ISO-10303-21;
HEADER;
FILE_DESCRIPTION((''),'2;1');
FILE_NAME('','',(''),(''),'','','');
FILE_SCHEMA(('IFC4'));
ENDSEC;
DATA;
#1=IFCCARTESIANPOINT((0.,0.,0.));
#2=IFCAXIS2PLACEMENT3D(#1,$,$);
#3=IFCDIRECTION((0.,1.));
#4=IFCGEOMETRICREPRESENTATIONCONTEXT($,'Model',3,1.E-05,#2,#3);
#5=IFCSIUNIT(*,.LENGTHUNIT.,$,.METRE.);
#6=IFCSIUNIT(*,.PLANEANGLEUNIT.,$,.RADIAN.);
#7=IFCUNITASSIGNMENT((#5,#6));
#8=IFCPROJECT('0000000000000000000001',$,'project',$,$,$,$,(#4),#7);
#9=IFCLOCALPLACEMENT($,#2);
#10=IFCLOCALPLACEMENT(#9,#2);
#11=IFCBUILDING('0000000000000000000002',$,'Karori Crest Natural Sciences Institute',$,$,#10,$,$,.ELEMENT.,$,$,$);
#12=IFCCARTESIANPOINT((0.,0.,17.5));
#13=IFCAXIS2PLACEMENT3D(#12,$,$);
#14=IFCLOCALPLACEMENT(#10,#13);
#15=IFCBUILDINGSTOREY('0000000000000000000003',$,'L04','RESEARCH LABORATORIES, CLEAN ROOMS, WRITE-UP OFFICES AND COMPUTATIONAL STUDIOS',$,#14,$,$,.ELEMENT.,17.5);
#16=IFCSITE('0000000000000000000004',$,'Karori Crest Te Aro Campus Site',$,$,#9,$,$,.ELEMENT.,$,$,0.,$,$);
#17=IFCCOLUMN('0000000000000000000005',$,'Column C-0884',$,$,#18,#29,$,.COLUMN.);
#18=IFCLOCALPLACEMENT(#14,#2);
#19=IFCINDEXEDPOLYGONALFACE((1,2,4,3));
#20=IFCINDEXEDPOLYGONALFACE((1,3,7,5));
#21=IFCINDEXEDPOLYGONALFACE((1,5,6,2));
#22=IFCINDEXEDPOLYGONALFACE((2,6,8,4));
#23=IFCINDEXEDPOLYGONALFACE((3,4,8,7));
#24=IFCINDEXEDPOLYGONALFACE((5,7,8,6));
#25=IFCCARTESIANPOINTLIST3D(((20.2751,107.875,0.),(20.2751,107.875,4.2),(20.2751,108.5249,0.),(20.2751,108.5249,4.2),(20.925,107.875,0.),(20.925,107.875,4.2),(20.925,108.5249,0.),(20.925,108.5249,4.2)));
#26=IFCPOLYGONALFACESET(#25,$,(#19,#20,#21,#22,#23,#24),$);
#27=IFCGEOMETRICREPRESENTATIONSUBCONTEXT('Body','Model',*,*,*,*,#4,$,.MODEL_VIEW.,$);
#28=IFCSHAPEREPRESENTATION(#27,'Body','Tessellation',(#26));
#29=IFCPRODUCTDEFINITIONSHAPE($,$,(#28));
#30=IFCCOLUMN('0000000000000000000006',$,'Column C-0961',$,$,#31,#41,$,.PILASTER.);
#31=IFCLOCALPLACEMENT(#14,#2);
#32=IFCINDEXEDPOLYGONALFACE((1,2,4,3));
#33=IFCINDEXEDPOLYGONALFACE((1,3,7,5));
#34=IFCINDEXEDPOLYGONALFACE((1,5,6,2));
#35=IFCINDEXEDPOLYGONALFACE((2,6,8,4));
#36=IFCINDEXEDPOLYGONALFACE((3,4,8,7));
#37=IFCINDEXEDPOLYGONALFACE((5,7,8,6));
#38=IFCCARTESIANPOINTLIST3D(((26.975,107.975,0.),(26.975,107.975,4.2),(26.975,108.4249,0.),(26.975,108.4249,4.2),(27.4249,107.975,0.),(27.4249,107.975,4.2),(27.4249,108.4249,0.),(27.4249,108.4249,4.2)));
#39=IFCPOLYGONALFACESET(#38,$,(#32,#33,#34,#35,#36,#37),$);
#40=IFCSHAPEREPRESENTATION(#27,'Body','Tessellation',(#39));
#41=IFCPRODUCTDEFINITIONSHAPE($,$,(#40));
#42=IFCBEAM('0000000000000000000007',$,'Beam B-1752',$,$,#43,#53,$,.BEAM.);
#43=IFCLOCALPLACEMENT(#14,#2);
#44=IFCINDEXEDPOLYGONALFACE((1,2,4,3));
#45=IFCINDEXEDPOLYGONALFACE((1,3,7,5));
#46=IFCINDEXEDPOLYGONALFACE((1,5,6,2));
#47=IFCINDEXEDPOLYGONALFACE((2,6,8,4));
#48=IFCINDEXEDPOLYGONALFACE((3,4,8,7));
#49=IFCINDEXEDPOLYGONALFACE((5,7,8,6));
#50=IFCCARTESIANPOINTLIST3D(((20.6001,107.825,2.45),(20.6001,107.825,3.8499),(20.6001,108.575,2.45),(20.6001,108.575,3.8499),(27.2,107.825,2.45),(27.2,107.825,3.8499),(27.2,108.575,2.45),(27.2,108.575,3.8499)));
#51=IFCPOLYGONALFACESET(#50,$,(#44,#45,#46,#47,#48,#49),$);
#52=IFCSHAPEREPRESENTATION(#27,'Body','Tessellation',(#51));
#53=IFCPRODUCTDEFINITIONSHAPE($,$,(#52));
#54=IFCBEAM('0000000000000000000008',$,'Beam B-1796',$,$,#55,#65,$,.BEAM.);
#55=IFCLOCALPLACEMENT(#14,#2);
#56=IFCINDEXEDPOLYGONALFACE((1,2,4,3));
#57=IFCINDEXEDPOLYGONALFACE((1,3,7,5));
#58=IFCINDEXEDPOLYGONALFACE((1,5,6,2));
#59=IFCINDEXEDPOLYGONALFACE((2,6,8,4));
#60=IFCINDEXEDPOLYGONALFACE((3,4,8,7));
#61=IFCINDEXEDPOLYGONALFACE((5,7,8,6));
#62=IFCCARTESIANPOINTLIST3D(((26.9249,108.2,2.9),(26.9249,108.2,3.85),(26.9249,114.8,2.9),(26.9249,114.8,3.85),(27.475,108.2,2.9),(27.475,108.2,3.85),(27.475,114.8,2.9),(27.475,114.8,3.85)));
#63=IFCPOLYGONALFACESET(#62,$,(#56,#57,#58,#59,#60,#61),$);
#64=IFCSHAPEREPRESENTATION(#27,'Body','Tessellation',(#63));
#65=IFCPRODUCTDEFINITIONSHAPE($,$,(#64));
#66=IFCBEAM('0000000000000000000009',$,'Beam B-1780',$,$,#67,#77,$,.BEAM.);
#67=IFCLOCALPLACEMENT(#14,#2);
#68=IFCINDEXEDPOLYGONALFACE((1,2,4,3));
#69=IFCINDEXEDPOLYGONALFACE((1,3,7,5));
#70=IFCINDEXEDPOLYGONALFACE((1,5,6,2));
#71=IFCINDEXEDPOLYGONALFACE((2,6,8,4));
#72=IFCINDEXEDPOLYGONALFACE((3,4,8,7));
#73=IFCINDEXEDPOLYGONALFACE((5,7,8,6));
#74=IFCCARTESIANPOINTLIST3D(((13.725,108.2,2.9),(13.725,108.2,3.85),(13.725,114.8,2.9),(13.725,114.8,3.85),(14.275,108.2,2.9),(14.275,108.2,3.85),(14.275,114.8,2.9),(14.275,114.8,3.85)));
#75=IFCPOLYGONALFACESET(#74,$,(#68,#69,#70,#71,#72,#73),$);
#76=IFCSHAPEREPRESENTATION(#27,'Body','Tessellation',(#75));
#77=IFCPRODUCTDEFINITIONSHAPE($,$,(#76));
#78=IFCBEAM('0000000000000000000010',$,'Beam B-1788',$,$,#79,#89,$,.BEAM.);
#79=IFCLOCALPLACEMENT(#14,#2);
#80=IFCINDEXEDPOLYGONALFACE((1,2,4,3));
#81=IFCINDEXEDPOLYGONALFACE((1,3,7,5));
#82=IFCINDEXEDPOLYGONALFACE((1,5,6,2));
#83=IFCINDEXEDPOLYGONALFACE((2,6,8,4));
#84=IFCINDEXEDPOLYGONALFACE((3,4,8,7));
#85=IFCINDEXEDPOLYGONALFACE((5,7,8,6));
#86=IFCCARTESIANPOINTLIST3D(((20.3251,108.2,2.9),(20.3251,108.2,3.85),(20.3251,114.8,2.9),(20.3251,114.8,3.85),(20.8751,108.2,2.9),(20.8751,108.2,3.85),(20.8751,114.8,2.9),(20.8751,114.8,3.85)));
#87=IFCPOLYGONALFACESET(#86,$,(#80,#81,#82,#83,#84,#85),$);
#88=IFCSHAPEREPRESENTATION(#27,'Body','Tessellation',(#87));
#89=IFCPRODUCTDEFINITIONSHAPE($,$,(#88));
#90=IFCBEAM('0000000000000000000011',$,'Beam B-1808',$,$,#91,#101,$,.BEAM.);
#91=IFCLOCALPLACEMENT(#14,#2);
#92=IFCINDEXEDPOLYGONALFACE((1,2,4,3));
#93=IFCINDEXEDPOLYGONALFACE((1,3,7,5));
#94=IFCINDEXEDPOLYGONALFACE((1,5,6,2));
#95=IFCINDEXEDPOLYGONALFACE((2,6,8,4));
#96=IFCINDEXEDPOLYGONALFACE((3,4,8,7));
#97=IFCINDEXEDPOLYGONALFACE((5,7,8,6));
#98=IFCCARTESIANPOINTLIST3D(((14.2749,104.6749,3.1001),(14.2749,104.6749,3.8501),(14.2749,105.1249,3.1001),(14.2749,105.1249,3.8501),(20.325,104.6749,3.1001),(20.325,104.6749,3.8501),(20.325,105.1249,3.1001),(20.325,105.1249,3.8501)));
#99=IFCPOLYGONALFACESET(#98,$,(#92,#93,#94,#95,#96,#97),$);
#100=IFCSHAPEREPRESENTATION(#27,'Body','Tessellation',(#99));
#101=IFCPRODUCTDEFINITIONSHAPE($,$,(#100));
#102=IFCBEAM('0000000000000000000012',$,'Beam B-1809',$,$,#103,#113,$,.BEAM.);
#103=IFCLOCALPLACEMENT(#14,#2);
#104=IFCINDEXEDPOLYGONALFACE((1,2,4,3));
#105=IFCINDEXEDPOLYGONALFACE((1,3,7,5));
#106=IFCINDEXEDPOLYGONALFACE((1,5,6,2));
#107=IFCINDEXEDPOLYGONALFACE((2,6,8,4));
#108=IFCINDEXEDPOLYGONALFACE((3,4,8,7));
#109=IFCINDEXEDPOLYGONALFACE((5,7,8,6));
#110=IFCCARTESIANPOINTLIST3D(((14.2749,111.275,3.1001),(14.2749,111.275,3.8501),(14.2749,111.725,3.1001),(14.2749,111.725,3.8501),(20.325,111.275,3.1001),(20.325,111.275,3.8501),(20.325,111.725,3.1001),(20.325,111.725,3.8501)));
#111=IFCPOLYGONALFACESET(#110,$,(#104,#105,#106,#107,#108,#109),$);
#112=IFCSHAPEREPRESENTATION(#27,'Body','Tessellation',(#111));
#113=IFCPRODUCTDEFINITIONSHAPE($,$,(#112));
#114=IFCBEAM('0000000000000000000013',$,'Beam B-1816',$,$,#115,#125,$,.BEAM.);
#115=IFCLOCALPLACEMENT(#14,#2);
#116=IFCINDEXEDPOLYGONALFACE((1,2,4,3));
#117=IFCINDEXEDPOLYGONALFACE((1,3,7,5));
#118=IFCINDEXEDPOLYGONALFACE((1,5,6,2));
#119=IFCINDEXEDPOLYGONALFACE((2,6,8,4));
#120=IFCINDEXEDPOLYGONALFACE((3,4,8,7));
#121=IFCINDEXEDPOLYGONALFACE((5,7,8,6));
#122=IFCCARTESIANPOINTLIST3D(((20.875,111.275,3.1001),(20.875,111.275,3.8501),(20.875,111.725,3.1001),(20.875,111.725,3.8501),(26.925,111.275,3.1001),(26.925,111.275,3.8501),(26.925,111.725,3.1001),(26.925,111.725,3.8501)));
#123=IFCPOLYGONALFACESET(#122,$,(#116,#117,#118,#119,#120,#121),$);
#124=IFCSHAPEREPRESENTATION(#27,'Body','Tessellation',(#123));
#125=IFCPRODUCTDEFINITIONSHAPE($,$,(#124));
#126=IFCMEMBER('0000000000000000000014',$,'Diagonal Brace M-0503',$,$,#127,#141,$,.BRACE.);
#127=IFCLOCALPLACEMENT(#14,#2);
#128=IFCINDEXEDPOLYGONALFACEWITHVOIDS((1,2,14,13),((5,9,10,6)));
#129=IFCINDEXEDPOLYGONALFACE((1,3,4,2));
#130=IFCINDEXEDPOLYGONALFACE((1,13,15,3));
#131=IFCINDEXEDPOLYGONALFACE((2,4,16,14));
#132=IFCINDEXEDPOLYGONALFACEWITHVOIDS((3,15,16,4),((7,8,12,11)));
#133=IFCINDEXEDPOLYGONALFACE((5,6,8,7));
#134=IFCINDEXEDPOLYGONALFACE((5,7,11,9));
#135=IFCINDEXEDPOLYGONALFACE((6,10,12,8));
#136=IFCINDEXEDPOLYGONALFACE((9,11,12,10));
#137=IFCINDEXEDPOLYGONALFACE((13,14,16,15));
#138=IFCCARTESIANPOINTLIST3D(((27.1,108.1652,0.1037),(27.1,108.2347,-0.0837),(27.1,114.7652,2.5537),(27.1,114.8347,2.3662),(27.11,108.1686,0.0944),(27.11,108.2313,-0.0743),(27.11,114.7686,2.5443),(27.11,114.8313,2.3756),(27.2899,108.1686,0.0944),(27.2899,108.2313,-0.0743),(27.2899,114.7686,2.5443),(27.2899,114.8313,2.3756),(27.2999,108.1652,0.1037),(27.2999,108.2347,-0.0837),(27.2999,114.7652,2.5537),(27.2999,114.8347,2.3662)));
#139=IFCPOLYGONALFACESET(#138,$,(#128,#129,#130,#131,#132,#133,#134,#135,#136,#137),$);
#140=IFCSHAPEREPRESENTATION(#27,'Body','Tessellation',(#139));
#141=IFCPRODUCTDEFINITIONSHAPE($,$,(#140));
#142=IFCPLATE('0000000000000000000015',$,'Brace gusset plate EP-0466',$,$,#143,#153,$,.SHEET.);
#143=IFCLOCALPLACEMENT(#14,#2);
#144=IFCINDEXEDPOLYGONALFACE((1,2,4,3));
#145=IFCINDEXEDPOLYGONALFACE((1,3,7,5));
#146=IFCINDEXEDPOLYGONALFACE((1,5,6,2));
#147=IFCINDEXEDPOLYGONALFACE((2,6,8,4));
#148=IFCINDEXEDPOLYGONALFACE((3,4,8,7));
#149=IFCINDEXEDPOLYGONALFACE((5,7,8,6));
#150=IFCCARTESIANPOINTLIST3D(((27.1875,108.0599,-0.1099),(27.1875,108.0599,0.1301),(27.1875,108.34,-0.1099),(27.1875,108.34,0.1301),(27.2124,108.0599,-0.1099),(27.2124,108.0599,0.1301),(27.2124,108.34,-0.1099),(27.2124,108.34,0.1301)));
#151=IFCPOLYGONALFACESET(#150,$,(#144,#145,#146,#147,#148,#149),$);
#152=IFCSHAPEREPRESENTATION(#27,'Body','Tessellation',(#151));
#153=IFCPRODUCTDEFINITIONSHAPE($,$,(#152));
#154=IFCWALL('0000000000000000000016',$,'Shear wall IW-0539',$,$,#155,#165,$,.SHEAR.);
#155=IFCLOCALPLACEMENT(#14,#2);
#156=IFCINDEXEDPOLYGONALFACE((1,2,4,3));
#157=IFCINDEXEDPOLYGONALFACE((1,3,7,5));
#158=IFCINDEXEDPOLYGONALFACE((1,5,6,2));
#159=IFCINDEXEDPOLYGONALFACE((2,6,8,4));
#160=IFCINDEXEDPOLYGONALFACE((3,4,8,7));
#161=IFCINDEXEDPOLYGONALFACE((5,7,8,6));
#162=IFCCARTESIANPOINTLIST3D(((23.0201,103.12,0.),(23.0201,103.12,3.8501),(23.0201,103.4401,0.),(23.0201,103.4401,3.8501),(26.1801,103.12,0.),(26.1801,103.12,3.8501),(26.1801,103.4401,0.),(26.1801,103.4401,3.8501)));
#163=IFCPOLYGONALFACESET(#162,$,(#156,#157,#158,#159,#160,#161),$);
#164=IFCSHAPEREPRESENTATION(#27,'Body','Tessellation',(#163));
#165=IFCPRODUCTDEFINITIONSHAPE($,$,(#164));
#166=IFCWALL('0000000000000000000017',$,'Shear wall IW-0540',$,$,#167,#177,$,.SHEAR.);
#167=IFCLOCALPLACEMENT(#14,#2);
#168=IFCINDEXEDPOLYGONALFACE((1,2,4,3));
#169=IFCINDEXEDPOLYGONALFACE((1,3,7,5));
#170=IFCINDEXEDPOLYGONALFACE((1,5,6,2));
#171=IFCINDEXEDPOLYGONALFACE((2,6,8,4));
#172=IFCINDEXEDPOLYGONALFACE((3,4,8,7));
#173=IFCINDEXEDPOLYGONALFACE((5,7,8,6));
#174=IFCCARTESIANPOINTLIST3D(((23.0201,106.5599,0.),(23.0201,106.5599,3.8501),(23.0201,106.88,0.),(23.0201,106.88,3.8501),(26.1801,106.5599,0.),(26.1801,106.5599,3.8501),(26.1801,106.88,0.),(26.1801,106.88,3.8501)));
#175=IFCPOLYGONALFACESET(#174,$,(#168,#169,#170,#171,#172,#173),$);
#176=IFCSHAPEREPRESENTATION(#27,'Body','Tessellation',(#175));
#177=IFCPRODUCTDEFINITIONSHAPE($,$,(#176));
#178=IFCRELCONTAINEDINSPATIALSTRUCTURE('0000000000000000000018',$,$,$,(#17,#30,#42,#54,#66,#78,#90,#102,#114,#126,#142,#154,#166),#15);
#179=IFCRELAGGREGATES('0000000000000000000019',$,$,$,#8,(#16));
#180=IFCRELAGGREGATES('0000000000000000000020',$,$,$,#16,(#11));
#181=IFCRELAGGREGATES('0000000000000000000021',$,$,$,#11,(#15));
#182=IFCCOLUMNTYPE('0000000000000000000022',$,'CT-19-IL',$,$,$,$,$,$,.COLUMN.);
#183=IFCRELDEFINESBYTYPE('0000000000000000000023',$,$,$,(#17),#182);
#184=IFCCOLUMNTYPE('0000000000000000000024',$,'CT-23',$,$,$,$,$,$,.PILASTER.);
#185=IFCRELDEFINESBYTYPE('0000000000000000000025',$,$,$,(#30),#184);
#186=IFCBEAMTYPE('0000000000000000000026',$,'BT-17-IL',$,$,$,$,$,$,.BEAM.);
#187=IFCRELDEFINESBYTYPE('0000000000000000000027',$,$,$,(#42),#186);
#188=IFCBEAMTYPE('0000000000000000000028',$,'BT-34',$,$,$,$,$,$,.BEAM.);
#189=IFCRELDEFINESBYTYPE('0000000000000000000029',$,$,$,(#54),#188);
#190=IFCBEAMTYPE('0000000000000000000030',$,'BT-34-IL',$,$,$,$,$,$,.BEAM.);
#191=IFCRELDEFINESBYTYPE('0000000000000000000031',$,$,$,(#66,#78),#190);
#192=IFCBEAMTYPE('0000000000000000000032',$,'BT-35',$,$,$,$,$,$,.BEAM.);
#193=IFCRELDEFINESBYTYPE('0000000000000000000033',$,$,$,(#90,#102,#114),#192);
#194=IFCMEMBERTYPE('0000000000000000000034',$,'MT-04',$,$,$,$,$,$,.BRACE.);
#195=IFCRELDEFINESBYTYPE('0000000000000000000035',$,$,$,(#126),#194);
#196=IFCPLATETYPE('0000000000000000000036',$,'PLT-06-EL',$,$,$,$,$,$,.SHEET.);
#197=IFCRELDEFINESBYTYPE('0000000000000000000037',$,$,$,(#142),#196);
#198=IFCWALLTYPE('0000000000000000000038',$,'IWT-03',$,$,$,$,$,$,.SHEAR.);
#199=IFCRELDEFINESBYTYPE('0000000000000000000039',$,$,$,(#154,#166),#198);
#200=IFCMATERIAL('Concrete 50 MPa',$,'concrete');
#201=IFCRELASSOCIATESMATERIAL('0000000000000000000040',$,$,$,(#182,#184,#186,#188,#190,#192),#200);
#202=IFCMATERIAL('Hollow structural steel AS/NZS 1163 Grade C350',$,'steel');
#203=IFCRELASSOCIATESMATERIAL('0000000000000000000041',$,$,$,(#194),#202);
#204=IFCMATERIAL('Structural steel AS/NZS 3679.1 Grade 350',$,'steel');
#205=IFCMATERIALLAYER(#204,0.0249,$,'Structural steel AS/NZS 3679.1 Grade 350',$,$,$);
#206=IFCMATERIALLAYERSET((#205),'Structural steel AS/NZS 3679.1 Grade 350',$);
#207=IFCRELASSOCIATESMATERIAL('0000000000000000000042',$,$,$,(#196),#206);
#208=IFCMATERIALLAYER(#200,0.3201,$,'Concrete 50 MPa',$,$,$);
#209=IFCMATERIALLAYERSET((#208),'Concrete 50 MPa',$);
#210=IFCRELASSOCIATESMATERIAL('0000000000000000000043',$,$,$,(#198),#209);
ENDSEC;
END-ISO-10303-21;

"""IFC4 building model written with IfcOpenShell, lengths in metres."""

from ifc_helpers import new_model, si_unit, direction, frame, frame_2d, origin, origin_2d, place, context, subcontext, project, spatial, rectangle, hollow_rectangle, extrude, material, layer, layer_set, material_profile, profile_set, type_object, element, save


model = new_model("IFC4")

# Units and contexts
model_context = context("Model", 3, precision=1e-05, world=origin(), true_north=direction((0.0, 1.0)))
body_context = subcontext(model_context, "Body", "Model", "MODEL_VIEW")
ifc_project = project(units=[si_unit("LENGTHUNIT", "METRE"), si_unit("PLANEANGLEUNIT", "RADIAN")], contexts=[model_context])

# Site, building, storey
site_placement = place(None, origin())
site = spatial("IfcSite", under=ifc_project, at=site_placement, Name="Karori Crest Te Aro Campus Site", CompositionType="ELEMENT", RefElevation=0.0)
building_placement = place(site_placement, origin())
building = spatial("IfcBuilding", under=site, at=building_placement, Name="Karori Crest Natural Sciences Institute", CompositionType="ELEMENT")
storey_placement = place(building_placement, frame((0.0, 0.0, 17.5)))
storey = spatial("IfcBuildingStorey", under=building, at=storey_placement, Name="L04", Description="RESEARCH LABORATORIES, CLEAN ROOMS, WRITE-UP OFFICES AND COMPUTATIONAL STUDIOS", CompositionType="ELEMENT", Elevation=17.5)

# Columns
ifc_material_1 = material(Name="Concrete 50 MPa", Category="concrete")
ifc_material_profile_1 = material_profile(ifc_material_1, rectangle(XDim=0.6499, YDim=0.6499, at=origin_2d()), Name="RC650x650")
ifc_profile_set_1 = profile_set([ifc_material_profile_1], Name="Concrete 50 MPa")
column_type_1 = type_object("IfcColumnType", Name="CT-19-IL", PredefinedType="COLUMN", material=ifc_profile_set_1)
column_1_placement = place(storey_placement, frame((20.6001, 108.2, 0.0), z_axis=(0.0, 0.0, 1.0), x_axis=(1.0, 0.0, 0.0)))
element("IfcColumn", 1, at=column_1_placement, inside=storey, type_object=column_type_1, Name="Column C-0884", PredefinedType="COLUMN", context=body_context, shape_type="SweptSolid", body=[
    extrude(rectangle(XDim=0.6499, YDim=0.6499, at=origin_2d()), origin(), (0.0, 0.0, 1.0), 4.2),
])
ifc_material_profile_2 = material_profile(ifc_material_1, rectangle(XDim=0.45, YDim=0.45, at=origin_2d()), Name="RC450x450")
ifc_profile_set_2 = profile_set([ifc_material_profile_2], Name="Concrete 50 MPa")
column_type_2 = type_object("IfcColumnType", Name="CT-23", PredefinedType="PILASTER", material=ifc_profile_set_2)
column_2_placement = place(storey_placement, frame((27.2, 108.2, 0.0), z_axis=(0.0, 0.0, 1.0), x_axis=(1.0, 0.0, 0.0)))
element("IfcColumn", 2, at=column_2_placement, inside=storey, type_object=column_type_2, Name="Column C-0961", PredefinedType="PILASTER", context=body_context, shape_type="SweptSolid", body=[
    extrude(rectangle(XDim=0.45, YDim=0.45, at=origin_2d()), origin(), (0.0, 0.0, 1.0), 4.2),
])

# Beams
ifc_material_profile_3 = material_profile(ifc_material_1, rectangle(XDim=0.75, YDim=1.3999, at=origin_2d()), Name="RCB750x1400")
ifc_profile_set_3 = profile_set([ifc_material_profile_3], Name="Concrete 50 MPa")
beam_type_1 = type_object("IfcBeamType", Name="BT-17-IL", PredefinedType="BEAM", material=ifc_profile_set_3)
beam_1_placement = place(storey_placement, frame((20.6001, 108.2, 3.1499), z_axis=(1.0, 0.0, 0.0), x_axis=(0.0, 1.0, 0.0)))
element("IfcBeam", 3, at=beam_1_placement, inside=storey, type_object=beam_type_1, Name="Beam B-1752", PredefinedType="BEAM", context=body_context, shape_type="SweptSolid", body=[
    extrude(rectangle(XDim=0.75, YDim=1.3999, at=origin_2d()), origin(), (0.0, 0.0, 1.0), 6.5999),
])
ifc_material_profile_4 = material_profile(ifc_material_1, rectangle(XDim=0.55, YDim=0.95, at=origin_2d()), Name="RCB550x950")
ifc_profile_set_4 = profile_set([ifc_material_profile_4], Name="Concrete 50 MPa")
beam_type_2 = type_object("IfcBeamType", Name="BT-34", PredefinedType="BEAM", material=ifc_profile_set_4)
beam_2_placement = place(storey_placement, frame((27.2, 108.2, 3.375), z_axis=(0.0, 1.0, 0.0), x_axis=(-1.0, 0.0, 0.0)))
element("IfcBeam", 4, at=beam_2_placement, inside=storey, type_object=beam_type_2, Name="Beam B-1796", PredefinedType="BEAM", context=body_context, shape_type="SweptSolid", body=[
    extrude(rectangle(XDim=0.55, YDim=0.95, at=origin_2d()), origin(), (0.0, 0.0, 1.0), 6.6001),
])
ifc_material_profile_5 = material_profile(ifc_material_1, rectangle(XDim=0.55, YDim=0.95, at=origin_2d()), Name="RCB550x950")
ifc_profile_set_5 = profile_set([ifc_material_profile_5], Name="Concrete 50 MPa")
beam_type_3 = type_object("IfcBeamType", Name="BT-34-IL", PredefinedType="BEAM", material=ifc_profile_set_5)
for number, where, z_axis, x_axis, name in (
    (5, (14.0, 108.2, 3.375), (0.0, 1.0, 0.0), (-1.0, 0.0, 0.0), "Beam B-1780"),
    (6, (20.6001, 108.2, 3.375), (0.0, 1.0, 0.0), (-1.0, 0.0, 0.0), "Beam B-1788"),
):
    element("IfcBeam", number, at=place(storey_placement, frame(where, z_axis=z_axis, x_axis=x_axis)), inside=storey, type_object=beam_type_3, Name=name, PredefinedType="BEAM", context=body_context, shape_type="SweptSolid", body=[
        extrude(rectangle(XDim=0.55, YDim=0.95, at=origin_2d()), origin(), (0.0, 0.0, 1.0), 6.6001),
    ])
ifc_material_profile_6 = material_profile(ifc_material_1, rectangle(XDim=0.45, YDim=0.75, at=origin_2d()), Name="RCB450x750")
ifc_profile_set_6 = profile_set([ifc_material_profile_6], Name="Concrete 50 MPa")
beam_type_4 = type_object("IfcBeamType", Name="BT-35", PredefinedType="BEAM", material=ifc_profile_set_6)
for number, where, z_axis, x_axis, name in (
    (7, (14.2749, 104.8999, 3.4751), (1.0, 0.0, 0.0), (0.0, 1.0, 0.0), "Beam B-1808"),
    (8, (14.2749, 111.5, 3.4751), (1.0, 0.0, 0.0), (0.0, 1.0, 0.0), "Beam B-1809"),
    (9, (20.875, 111.5, 3.4751), (1.0, 0.0, 0.0), (0.0, 1.0, 0.0), "Beam B-1816"),
):
    element("IfcBeam", number, at=place(storey_placement, frame(where, z_axis=z_axis, x_axis=x_axis)), inside=storey, type_object=beam_type_4, Name=name, PredefinedType="BEAM", context=body_context, shape_type="SweptSolid", body=[
        extrude(rectangle(XDim=0.45, YDim=0.75, at=origin_2d()), origin(), (0.0, 0.0, 1.0), 6.05),
    ])

# Member
ifc_material_2 = material(Name="Hollow structural steel AS/NZS 1163 Grade C350", Category="steel")
ifc_material_profile_7 = material_profile(ifc_material_2, hollow_rectangle(XDim=0.2, YDim=0.2, WallThickness=0.01, at=origin_2d()), Name="SHS200x200x10")
ifc_profile_set_7 = profile_set([ifc_material_profile_7], Name="Hollow structural steel AS/NZS 1163 Grade C350")
member_type = type_object("IfcMemberType", Name="MT-04", PredefinedType="BRACE", material=ifc_profile_set_7)
member_placement = place(storey_placement, frame((27.2, 108.2, 0.01), z_axis=(0.0, 0.937495, 0.347998), x_axis=(-1.0, 0.0, 0.0)))
element("IfcMember", 10, at=member_placement, inside=storey, type_object=member_type, Name="Diagonal Brace M-0503", PredefinedType="BRACE", context=body_context, shape_type="SweptSolid", body=[
    extrude(hollow_rectangle(XDim=0.2, YDim=0.2, WallThickness=0.01, at=origin_2d()), origin(), (0.0, 0.0, 1.0), 7.04),
])

# Plate
ifc_material_3 = material(Name="Structural steel AS/NZS 3679.1 Grade 350", Category="steel")
ifc_layer_1 = layer(ifc_material_3, 0.0249, Name="Structural steel AS/NZS 3679.1 Grade 350")
ifc_layer_set_1 = layer_set([ifc_layer_1], Name="Structural steel AS/NZS 3679.1 Grade 350")
plate_type = type_object("IfcPlateType", Name="PLT-06-EL", PredefinedType="SHEET", material=ifc_layer_set_1)
plate_placement = place(storey_placement, frame((27.2, 108.2, -0.1099), z_axis=(0.0, 0.0, 1.0), x_axis=(0.0, 1.0, 0.0)))
element("IfcPlate", 11, at=plate_placement, inside=storey, type_object=plate_type, Name="Brace gusset plate EP-0466", PredefinedType="SHEET", context=body_context, shape_type="SweptSolid", body=[
    extrude(rectangle(XDim=0.28, YDim=0.0249, at=origin_2d()), origin(), (0.0, 0.0, 1.0), 0.24),
])

# Walls
ifc_layer_2 = layer(ifc_material_1, 0.3201, Name="Concrete 50 MPa")
ifc_layer_set_2 = layer_set([ifc_layer_2], Name="Concrete 50 MPa")
wall_type_1 = type_object("IfcWallType", Name="IWT-03", PredefinedType="SHEAR", material=ifc_layer_set_2)
for number, where, z_axis, x_axis, name in (
    (12, (23.02, 103.28, 0.0), (0.0, 0.0, 1.0), (1.0, 0.0, 0.0), "Shear wall IW-0539"),
    (13, (23.02, 106.72, 0.0), (0.0, 0.0, 1.0), (1.0, 0.0, 0.0), "Shear wall IW-0540"),
):
    element("IfcWall", number, at=place(storey_placement, frame(where, z_axis=z_axis, x_axis=x_axis)), inside=storey, type_object=wall_type_1, Name=name, PredefinedType="SHEAR", context=body_context, shape_type="SweptSolid", body=[
        extrude(rectangle(XDim=3.1599, YDim=0.3201, at=frame_2d((1.5801, 0.0))), origin(), (0.0, 0.0, 1.0), 3.8501),
    ])

save(model, "model.ifc")
